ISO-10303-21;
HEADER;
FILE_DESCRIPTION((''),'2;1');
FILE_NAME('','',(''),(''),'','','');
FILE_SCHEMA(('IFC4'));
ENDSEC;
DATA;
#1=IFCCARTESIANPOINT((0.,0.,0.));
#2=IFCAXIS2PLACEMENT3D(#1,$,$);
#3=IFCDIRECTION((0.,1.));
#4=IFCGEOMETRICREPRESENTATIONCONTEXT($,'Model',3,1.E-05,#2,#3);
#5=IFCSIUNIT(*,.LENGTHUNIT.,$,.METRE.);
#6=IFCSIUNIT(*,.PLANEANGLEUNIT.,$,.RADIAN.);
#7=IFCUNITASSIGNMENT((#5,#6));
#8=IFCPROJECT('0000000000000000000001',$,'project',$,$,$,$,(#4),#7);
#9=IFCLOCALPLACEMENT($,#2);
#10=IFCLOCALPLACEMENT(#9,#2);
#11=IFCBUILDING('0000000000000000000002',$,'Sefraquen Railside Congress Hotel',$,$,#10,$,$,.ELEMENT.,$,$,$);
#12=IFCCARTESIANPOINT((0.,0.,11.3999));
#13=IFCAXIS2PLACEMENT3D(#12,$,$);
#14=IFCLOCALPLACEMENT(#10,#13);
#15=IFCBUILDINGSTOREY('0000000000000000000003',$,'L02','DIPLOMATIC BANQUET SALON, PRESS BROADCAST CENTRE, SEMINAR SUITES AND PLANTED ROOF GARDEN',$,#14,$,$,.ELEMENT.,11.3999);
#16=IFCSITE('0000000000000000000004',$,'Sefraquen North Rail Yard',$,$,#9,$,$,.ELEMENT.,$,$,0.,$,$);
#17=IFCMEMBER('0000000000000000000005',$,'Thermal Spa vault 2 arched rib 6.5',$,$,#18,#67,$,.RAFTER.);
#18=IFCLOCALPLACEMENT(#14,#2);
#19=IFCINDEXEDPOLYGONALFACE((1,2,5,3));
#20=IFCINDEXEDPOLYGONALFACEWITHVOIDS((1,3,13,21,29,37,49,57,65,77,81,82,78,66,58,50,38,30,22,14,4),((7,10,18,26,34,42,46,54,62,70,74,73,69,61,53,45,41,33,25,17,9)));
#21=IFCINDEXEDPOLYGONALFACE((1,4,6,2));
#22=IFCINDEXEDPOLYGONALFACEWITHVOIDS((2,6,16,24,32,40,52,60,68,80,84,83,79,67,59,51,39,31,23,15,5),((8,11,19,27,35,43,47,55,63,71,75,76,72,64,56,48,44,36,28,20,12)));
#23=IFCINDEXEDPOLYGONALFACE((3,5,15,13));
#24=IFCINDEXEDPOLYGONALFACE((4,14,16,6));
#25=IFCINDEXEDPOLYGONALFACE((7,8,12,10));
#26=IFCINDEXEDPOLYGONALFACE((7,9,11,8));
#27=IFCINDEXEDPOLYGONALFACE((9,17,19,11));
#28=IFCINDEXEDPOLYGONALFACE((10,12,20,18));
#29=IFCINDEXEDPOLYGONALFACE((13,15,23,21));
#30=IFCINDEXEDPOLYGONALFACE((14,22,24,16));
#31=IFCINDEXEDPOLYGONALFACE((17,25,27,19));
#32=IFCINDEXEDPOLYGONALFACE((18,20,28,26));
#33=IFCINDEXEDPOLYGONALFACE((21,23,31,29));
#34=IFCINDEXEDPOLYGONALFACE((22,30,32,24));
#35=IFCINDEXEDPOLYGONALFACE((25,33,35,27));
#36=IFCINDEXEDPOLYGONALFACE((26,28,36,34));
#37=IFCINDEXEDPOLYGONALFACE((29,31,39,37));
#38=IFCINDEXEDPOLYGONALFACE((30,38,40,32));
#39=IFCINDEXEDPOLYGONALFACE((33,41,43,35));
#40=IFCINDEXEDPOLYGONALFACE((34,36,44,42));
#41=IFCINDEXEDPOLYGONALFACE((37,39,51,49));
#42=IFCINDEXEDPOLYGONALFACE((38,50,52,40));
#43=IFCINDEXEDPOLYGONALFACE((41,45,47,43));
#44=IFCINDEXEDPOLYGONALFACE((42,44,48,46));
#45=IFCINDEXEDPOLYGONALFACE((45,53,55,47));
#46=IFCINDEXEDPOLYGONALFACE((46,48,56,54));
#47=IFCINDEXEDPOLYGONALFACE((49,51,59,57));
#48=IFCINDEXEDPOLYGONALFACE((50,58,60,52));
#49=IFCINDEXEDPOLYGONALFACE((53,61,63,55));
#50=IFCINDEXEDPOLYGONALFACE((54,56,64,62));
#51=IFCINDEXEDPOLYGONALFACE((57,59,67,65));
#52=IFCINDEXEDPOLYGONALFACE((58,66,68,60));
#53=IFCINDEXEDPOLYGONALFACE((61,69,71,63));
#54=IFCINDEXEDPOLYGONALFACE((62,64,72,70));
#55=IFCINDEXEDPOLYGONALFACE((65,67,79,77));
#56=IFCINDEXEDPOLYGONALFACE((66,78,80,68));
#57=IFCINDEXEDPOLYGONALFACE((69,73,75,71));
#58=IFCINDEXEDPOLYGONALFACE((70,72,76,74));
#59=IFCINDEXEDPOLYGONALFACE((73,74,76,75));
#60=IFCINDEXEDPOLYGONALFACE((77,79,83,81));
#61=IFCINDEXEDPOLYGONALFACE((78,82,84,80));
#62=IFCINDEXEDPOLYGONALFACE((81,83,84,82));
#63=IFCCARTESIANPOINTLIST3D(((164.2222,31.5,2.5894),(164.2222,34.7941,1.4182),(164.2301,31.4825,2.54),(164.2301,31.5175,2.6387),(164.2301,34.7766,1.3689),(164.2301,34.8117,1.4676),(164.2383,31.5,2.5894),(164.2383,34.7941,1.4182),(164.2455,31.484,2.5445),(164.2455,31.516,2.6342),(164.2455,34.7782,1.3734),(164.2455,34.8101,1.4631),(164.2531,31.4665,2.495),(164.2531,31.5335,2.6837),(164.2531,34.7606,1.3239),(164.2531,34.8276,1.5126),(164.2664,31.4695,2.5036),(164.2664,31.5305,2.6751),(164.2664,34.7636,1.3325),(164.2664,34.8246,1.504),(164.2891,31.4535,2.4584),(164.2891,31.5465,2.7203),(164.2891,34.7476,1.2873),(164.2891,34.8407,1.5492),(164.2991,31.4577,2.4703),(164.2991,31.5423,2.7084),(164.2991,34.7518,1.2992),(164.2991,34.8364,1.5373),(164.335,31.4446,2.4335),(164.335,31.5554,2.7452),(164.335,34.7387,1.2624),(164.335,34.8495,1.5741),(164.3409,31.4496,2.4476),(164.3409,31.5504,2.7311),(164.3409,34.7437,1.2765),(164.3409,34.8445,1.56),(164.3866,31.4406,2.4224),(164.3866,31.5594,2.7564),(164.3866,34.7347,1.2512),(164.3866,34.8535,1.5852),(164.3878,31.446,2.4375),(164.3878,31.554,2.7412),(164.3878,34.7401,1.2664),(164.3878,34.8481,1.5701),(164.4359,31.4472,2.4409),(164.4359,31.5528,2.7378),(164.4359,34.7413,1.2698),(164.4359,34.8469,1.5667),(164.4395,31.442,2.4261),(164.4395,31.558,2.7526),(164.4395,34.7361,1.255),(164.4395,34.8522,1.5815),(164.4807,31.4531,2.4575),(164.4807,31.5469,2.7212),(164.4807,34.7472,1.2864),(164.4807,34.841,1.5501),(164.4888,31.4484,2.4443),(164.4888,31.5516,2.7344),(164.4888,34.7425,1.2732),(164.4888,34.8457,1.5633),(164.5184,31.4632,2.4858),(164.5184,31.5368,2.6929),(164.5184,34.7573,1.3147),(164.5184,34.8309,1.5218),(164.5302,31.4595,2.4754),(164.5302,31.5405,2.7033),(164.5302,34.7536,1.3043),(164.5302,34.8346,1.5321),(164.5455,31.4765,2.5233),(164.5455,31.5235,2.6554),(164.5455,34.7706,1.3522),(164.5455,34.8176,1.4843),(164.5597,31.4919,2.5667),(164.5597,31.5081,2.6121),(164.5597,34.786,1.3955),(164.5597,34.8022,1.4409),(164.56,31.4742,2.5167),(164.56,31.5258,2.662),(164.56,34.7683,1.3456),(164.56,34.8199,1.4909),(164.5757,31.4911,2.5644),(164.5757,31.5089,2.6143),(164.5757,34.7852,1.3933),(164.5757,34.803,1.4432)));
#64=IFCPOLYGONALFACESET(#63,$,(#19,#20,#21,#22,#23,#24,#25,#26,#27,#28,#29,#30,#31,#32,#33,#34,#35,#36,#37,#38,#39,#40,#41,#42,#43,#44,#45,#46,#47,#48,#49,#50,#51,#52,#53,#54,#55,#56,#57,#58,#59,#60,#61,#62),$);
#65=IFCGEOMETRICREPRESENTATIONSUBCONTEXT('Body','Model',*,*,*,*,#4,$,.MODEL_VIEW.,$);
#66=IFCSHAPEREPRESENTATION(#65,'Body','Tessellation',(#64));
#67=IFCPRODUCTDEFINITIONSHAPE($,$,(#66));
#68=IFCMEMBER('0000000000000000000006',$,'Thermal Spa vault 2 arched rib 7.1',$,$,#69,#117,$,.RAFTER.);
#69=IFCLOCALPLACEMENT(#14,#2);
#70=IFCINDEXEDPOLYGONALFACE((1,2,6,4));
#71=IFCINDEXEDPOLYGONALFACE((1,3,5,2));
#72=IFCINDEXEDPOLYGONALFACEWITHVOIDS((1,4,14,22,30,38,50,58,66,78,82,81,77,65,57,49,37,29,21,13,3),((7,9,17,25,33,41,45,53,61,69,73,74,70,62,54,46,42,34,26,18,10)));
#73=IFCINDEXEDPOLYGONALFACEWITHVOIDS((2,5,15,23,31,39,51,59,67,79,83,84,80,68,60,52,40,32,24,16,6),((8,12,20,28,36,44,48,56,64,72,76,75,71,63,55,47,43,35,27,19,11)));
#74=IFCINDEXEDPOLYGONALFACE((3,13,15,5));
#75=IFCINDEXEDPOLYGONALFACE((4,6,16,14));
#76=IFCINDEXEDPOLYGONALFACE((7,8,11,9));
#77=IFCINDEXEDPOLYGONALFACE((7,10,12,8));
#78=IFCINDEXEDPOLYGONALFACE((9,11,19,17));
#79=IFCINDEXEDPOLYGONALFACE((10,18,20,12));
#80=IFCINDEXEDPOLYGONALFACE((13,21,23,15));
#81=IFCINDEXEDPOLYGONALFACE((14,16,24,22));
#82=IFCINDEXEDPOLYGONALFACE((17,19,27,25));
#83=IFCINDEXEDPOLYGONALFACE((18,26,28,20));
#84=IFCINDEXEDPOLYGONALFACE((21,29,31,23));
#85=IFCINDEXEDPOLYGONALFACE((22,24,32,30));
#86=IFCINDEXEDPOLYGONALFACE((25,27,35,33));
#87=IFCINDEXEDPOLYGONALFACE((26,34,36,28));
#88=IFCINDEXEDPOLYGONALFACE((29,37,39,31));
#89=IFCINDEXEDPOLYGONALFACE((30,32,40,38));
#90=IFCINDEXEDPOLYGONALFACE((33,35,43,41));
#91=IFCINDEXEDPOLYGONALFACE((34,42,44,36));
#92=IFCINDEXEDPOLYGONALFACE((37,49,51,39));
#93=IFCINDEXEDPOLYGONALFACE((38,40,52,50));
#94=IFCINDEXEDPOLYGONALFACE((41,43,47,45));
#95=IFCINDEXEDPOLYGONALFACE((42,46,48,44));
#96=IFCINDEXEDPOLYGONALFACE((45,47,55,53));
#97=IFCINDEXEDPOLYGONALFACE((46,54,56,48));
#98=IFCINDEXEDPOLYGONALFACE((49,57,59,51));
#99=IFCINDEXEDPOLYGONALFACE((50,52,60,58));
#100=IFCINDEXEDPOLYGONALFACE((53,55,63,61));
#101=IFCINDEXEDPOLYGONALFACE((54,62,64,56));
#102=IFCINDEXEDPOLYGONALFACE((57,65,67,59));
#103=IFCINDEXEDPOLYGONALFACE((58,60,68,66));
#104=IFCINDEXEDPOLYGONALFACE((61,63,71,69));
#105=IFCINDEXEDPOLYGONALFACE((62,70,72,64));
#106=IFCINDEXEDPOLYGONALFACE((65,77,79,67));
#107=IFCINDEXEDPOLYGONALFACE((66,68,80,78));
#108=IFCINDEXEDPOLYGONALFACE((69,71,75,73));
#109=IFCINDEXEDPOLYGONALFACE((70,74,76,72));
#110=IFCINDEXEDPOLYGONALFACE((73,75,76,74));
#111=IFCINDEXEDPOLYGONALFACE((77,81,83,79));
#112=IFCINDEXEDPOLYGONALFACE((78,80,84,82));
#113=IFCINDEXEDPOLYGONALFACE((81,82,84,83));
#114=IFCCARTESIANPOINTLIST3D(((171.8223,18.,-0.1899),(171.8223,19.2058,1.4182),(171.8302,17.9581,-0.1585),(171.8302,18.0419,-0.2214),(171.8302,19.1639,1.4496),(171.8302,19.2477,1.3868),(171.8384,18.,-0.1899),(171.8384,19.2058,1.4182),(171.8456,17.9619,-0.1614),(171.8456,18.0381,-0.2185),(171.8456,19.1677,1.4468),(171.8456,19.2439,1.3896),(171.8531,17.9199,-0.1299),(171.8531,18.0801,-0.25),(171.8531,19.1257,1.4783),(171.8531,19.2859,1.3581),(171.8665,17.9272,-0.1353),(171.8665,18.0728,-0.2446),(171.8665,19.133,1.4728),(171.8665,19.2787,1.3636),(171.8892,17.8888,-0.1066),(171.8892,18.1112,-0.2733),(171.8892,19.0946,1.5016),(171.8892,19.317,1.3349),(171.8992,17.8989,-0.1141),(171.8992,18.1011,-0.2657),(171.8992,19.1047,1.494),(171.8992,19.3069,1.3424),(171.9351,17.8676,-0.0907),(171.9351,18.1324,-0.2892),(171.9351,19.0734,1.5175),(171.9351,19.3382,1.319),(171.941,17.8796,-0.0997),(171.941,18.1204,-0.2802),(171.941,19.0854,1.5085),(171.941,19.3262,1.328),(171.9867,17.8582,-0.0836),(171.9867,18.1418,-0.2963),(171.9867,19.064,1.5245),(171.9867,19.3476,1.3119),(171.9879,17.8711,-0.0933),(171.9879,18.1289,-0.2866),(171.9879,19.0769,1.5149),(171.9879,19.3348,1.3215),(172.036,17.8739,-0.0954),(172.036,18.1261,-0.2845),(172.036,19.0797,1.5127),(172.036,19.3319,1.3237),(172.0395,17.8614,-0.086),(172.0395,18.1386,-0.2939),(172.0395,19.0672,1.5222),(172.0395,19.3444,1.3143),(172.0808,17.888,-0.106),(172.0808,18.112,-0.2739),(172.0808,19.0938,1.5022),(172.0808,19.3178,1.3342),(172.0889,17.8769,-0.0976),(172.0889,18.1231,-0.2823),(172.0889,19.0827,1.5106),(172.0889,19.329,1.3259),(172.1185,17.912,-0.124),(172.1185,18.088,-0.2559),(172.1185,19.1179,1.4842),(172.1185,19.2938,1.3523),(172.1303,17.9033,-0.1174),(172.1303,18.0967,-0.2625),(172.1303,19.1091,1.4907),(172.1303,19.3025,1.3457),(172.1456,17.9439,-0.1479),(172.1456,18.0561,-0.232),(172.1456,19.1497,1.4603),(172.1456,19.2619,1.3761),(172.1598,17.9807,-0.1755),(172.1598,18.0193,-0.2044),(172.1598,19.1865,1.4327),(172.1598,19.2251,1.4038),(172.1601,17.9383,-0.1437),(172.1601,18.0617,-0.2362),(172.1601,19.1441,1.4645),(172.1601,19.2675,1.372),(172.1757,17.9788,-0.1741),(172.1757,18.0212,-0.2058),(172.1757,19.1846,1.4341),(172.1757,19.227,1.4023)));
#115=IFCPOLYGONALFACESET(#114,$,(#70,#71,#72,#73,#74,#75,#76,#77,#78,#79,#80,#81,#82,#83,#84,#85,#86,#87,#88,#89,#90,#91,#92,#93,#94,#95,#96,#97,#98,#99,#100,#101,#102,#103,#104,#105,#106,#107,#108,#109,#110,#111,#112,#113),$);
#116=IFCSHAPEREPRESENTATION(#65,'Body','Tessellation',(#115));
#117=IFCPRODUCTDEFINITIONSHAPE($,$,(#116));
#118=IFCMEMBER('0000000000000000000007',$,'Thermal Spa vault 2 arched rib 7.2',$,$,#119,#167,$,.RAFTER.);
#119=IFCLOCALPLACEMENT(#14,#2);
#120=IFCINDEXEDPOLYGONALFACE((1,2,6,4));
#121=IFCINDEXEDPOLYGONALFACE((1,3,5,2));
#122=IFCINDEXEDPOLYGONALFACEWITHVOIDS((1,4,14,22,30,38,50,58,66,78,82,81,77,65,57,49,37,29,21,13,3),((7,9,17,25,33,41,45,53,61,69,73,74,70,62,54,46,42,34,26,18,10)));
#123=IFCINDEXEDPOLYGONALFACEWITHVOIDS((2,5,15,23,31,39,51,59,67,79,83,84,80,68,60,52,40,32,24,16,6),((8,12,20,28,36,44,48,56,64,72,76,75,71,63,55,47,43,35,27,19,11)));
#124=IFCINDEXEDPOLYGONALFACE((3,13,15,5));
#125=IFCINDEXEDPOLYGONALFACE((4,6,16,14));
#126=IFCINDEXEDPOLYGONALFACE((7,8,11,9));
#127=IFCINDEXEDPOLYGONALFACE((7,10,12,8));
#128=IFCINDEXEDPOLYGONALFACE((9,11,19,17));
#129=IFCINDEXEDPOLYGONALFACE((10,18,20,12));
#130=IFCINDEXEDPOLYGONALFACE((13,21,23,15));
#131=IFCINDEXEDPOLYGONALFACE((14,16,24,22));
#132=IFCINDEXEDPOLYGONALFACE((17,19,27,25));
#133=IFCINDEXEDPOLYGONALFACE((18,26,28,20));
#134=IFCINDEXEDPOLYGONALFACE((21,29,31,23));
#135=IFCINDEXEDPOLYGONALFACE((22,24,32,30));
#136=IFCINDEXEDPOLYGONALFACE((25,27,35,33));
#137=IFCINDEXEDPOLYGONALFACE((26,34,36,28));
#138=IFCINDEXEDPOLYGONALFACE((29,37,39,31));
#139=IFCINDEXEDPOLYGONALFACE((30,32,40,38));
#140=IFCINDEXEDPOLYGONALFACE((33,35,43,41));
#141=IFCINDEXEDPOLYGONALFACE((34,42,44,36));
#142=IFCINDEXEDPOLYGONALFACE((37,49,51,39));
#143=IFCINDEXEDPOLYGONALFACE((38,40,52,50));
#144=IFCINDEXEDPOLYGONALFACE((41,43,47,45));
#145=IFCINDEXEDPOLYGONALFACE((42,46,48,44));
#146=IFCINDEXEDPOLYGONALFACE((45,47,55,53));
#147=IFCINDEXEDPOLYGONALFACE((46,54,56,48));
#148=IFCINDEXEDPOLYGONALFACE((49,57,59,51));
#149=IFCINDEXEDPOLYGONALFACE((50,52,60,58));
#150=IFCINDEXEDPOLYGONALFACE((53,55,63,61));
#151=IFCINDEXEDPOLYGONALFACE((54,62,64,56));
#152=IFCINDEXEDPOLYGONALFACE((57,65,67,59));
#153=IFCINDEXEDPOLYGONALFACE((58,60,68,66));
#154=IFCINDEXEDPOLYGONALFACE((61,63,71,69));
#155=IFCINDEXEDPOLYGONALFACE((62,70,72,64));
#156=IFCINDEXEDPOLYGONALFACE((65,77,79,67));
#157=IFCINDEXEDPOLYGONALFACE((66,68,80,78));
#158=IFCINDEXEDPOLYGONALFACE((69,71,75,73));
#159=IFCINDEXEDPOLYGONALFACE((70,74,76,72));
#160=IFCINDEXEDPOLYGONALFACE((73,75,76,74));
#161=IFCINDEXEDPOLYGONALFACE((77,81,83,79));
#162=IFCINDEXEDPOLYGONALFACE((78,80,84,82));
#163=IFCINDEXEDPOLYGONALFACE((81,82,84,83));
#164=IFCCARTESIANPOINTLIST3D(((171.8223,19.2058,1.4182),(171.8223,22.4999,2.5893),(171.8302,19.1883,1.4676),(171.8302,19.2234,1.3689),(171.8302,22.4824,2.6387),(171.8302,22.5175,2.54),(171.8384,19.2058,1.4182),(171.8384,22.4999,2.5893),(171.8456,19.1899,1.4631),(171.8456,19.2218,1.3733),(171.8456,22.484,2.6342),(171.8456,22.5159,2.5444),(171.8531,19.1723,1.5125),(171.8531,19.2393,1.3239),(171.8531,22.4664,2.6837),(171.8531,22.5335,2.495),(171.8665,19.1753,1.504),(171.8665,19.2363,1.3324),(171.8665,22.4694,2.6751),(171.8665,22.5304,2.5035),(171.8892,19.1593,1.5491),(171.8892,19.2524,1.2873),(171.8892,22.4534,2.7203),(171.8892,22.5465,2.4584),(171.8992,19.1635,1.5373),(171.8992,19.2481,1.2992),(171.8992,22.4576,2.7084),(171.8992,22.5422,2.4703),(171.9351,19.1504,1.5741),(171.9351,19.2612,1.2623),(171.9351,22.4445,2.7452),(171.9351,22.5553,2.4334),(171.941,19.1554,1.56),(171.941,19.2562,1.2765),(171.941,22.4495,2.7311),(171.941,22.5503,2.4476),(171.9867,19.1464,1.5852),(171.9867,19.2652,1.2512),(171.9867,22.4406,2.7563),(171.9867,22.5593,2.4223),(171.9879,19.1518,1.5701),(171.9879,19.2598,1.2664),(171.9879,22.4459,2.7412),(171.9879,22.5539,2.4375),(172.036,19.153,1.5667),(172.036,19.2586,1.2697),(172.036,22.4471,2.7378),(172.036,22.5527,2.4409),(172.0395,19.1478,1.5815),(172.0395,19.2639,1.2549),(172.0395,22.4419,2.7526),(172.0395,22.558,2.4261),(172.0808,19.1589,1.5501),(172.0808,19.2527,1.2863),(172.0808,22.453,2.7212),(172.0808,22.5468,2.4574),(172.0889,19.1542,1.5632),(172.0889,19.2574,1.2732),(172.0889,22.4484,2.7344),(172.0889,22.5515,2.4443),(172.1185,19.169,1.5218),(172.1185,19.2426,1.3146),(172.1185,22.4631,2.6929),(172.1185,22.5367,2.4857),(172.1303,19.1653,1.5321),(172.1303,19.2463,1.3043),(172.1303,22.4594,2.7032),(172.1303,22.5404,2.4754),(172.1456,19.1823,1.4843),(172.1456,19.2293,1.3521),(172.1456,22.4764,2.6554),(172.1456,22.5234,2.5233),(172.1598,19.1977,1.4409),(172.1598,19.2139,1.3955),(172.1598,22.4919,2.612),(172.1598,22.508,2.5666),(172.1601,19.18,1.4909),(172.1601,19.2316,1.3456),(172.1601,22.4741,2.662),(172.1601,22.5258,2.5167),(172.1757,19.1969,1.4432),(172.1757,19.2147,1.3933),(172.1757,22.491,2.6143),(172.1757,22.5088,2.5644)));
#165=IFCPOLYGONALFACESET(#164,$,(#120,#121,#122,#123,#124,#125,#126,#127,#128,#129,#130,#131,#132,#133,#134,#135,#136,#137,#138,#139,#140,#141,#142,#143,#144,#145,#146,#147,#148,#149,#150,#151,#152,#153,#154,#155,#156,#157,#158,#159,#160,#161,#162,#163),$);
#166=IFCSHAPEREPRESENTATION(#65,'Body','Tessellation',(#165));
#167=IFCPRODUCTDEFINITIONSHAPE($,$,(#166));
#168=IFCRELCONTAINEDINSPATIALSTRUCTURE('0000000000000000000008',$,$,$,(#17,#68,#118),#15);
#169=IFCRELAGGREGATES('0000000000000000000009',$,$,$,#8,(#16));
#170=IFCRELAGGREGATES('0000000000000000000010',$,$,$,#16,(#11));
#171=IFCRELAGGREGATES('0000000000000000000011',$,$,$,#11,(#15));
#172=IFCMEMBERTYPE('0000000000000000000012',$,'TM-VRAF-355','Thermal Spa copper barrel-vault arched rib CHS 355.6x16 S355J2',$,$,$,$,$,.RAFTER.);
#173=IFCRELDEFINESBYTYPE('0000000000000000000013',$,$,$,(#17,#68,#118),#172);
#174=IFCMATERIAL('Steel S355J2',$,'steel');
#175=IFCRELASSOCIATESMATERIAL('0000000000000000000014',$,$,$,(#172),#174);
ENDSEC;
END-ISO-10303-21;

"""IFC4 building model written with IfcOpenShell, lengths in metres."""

from ifc_helpers import new_model, si_unit, direction, frame, origin, origin_2d, place, context, subcontext, project, spatial, hollow_circle, extrude, material, material_profile, profile_set, type_object, element, save


model = new_model("IFC4")

# Units and contexts
model_context = context("Model", 3, precision=1e-05, world=origin(), true_north=direction((0.0, 1.0)))
body_context = subcontext(model_context, "Body", "Model", "MODEL_VIEW")
ifc_project = project(units=[si_unit("LENGTHUNIT", "METRE"), si_unit("PLANEANGLEUNIT", "RADIAN")], contexts=[model_context])

# Site, building, storey
site_placement = place(None, origin())
site = spatial("IfcSite", under=ifc_project, at=site_placement, Name="Sefraquen North Rail Yard", CompositionType="ELEMENT", RefElevation=0.0)
building_placement = place(site_placement, origin())
building = spatial("IfcBuilding", under=site, at=building_placement, Name="Sefraquen Railside Congress Hotel", CompositionType="ELEMENT")
storey_placement = place(building_placement, frame((0.0, 0.0, 11.3999)))
storey = spatial("IfcBuildingStorey", under=building, at=storey_placement, Name="L02", Description="DIPLOMATIC BANQUET SALON, PRESS BROADCAST CENTRE, SEMINAR SUITES AND PLANTED ROOF GARDEN", CompositionType="ELEMENT", Elevation=11.3999)

# Members
ifc_material_1 = material(Name="Steel S355J2", Category="steel")
ifc_material_profile_1 = material_profile(ifc_material_1, hollow_circle(Radius=0.1777, WallThickness=0.0161, at=origin_2d()), Name="CHS 355.6x16")
ifc_profile_set_1 = profile_set([ifc_material_profile_1], Name="Steel S355J2")
member_type = type_object("IfcMemberType", Name="TM-VRAF-355", Description="Thermal Spa copper barrel-vault arched rib CHS 355.6x16 S355J2", PredefinedType="RAFTER", material=ifc_profile_set_1)
member_1_placement = place(storey_placement, frame((164.3999, 31.5, 2.5894), z_axis=(0.0, 0.942226, -0.334978), x_axis=(-1.0, 0.0, 0.0)))
element("IfcMember", 1, at=member_1_placement, inside=storey, type_object=member_type, Name="Thermal Spa vault 2 arched rib 6.5", PredefinedType="RAFTER", context=body_context, shape_type="SweptSolid", body=[
    extrude(hollow_circle(Radius=0.1777, WallThickness=0.0161, at=origin_2d()), origin(), (0.0, 0.0, 1.0), 3.4961),
])
member_2_placement = place(storey_placement, frame((172.0, 18.0, -0.1899), z_axis=(0.0, 0.599903, 0.800073), x_axis=(-1.0, 0.0, 0.0)))
element("IfcMember", 2, at=member_2_placement, inside=storey, type_object=member_type, Name="Thermal Spa vault 2 arched rib 7.1", PredefinedType="RAFTER", context=body_context, shape_type="SweptSolid", body=[
    extrude(hollow_circle(Radius=0.1777, WallThickness=0.0161, at=origin_2d()), origin(), (0.0, 0.0, 1.0), 2.01),
])
member_3_placement = place(storey_placement, frame((172.0, 19.2058, 1.4182), z_axis=(0.0, 0.942226, 0.334978), x_axis=(-1.0, 0.0, 0.0)))
element("IfcMember", 3, at=member_3_placement, inside=storey, type_object=member_type, Name="Thermal Spa vault 2 arched rib 7.2", PredefinedType="RAFTER", context=body_context, shape_type="SweptSolid", body=[
    extrude(hollow_circle(Radius=0.1777, WallThickness=0.0161, at=origin_2d()), origin(), (0.0, 0.0, 1.0), 3.4961),
])

save(model, "model.ifc")
